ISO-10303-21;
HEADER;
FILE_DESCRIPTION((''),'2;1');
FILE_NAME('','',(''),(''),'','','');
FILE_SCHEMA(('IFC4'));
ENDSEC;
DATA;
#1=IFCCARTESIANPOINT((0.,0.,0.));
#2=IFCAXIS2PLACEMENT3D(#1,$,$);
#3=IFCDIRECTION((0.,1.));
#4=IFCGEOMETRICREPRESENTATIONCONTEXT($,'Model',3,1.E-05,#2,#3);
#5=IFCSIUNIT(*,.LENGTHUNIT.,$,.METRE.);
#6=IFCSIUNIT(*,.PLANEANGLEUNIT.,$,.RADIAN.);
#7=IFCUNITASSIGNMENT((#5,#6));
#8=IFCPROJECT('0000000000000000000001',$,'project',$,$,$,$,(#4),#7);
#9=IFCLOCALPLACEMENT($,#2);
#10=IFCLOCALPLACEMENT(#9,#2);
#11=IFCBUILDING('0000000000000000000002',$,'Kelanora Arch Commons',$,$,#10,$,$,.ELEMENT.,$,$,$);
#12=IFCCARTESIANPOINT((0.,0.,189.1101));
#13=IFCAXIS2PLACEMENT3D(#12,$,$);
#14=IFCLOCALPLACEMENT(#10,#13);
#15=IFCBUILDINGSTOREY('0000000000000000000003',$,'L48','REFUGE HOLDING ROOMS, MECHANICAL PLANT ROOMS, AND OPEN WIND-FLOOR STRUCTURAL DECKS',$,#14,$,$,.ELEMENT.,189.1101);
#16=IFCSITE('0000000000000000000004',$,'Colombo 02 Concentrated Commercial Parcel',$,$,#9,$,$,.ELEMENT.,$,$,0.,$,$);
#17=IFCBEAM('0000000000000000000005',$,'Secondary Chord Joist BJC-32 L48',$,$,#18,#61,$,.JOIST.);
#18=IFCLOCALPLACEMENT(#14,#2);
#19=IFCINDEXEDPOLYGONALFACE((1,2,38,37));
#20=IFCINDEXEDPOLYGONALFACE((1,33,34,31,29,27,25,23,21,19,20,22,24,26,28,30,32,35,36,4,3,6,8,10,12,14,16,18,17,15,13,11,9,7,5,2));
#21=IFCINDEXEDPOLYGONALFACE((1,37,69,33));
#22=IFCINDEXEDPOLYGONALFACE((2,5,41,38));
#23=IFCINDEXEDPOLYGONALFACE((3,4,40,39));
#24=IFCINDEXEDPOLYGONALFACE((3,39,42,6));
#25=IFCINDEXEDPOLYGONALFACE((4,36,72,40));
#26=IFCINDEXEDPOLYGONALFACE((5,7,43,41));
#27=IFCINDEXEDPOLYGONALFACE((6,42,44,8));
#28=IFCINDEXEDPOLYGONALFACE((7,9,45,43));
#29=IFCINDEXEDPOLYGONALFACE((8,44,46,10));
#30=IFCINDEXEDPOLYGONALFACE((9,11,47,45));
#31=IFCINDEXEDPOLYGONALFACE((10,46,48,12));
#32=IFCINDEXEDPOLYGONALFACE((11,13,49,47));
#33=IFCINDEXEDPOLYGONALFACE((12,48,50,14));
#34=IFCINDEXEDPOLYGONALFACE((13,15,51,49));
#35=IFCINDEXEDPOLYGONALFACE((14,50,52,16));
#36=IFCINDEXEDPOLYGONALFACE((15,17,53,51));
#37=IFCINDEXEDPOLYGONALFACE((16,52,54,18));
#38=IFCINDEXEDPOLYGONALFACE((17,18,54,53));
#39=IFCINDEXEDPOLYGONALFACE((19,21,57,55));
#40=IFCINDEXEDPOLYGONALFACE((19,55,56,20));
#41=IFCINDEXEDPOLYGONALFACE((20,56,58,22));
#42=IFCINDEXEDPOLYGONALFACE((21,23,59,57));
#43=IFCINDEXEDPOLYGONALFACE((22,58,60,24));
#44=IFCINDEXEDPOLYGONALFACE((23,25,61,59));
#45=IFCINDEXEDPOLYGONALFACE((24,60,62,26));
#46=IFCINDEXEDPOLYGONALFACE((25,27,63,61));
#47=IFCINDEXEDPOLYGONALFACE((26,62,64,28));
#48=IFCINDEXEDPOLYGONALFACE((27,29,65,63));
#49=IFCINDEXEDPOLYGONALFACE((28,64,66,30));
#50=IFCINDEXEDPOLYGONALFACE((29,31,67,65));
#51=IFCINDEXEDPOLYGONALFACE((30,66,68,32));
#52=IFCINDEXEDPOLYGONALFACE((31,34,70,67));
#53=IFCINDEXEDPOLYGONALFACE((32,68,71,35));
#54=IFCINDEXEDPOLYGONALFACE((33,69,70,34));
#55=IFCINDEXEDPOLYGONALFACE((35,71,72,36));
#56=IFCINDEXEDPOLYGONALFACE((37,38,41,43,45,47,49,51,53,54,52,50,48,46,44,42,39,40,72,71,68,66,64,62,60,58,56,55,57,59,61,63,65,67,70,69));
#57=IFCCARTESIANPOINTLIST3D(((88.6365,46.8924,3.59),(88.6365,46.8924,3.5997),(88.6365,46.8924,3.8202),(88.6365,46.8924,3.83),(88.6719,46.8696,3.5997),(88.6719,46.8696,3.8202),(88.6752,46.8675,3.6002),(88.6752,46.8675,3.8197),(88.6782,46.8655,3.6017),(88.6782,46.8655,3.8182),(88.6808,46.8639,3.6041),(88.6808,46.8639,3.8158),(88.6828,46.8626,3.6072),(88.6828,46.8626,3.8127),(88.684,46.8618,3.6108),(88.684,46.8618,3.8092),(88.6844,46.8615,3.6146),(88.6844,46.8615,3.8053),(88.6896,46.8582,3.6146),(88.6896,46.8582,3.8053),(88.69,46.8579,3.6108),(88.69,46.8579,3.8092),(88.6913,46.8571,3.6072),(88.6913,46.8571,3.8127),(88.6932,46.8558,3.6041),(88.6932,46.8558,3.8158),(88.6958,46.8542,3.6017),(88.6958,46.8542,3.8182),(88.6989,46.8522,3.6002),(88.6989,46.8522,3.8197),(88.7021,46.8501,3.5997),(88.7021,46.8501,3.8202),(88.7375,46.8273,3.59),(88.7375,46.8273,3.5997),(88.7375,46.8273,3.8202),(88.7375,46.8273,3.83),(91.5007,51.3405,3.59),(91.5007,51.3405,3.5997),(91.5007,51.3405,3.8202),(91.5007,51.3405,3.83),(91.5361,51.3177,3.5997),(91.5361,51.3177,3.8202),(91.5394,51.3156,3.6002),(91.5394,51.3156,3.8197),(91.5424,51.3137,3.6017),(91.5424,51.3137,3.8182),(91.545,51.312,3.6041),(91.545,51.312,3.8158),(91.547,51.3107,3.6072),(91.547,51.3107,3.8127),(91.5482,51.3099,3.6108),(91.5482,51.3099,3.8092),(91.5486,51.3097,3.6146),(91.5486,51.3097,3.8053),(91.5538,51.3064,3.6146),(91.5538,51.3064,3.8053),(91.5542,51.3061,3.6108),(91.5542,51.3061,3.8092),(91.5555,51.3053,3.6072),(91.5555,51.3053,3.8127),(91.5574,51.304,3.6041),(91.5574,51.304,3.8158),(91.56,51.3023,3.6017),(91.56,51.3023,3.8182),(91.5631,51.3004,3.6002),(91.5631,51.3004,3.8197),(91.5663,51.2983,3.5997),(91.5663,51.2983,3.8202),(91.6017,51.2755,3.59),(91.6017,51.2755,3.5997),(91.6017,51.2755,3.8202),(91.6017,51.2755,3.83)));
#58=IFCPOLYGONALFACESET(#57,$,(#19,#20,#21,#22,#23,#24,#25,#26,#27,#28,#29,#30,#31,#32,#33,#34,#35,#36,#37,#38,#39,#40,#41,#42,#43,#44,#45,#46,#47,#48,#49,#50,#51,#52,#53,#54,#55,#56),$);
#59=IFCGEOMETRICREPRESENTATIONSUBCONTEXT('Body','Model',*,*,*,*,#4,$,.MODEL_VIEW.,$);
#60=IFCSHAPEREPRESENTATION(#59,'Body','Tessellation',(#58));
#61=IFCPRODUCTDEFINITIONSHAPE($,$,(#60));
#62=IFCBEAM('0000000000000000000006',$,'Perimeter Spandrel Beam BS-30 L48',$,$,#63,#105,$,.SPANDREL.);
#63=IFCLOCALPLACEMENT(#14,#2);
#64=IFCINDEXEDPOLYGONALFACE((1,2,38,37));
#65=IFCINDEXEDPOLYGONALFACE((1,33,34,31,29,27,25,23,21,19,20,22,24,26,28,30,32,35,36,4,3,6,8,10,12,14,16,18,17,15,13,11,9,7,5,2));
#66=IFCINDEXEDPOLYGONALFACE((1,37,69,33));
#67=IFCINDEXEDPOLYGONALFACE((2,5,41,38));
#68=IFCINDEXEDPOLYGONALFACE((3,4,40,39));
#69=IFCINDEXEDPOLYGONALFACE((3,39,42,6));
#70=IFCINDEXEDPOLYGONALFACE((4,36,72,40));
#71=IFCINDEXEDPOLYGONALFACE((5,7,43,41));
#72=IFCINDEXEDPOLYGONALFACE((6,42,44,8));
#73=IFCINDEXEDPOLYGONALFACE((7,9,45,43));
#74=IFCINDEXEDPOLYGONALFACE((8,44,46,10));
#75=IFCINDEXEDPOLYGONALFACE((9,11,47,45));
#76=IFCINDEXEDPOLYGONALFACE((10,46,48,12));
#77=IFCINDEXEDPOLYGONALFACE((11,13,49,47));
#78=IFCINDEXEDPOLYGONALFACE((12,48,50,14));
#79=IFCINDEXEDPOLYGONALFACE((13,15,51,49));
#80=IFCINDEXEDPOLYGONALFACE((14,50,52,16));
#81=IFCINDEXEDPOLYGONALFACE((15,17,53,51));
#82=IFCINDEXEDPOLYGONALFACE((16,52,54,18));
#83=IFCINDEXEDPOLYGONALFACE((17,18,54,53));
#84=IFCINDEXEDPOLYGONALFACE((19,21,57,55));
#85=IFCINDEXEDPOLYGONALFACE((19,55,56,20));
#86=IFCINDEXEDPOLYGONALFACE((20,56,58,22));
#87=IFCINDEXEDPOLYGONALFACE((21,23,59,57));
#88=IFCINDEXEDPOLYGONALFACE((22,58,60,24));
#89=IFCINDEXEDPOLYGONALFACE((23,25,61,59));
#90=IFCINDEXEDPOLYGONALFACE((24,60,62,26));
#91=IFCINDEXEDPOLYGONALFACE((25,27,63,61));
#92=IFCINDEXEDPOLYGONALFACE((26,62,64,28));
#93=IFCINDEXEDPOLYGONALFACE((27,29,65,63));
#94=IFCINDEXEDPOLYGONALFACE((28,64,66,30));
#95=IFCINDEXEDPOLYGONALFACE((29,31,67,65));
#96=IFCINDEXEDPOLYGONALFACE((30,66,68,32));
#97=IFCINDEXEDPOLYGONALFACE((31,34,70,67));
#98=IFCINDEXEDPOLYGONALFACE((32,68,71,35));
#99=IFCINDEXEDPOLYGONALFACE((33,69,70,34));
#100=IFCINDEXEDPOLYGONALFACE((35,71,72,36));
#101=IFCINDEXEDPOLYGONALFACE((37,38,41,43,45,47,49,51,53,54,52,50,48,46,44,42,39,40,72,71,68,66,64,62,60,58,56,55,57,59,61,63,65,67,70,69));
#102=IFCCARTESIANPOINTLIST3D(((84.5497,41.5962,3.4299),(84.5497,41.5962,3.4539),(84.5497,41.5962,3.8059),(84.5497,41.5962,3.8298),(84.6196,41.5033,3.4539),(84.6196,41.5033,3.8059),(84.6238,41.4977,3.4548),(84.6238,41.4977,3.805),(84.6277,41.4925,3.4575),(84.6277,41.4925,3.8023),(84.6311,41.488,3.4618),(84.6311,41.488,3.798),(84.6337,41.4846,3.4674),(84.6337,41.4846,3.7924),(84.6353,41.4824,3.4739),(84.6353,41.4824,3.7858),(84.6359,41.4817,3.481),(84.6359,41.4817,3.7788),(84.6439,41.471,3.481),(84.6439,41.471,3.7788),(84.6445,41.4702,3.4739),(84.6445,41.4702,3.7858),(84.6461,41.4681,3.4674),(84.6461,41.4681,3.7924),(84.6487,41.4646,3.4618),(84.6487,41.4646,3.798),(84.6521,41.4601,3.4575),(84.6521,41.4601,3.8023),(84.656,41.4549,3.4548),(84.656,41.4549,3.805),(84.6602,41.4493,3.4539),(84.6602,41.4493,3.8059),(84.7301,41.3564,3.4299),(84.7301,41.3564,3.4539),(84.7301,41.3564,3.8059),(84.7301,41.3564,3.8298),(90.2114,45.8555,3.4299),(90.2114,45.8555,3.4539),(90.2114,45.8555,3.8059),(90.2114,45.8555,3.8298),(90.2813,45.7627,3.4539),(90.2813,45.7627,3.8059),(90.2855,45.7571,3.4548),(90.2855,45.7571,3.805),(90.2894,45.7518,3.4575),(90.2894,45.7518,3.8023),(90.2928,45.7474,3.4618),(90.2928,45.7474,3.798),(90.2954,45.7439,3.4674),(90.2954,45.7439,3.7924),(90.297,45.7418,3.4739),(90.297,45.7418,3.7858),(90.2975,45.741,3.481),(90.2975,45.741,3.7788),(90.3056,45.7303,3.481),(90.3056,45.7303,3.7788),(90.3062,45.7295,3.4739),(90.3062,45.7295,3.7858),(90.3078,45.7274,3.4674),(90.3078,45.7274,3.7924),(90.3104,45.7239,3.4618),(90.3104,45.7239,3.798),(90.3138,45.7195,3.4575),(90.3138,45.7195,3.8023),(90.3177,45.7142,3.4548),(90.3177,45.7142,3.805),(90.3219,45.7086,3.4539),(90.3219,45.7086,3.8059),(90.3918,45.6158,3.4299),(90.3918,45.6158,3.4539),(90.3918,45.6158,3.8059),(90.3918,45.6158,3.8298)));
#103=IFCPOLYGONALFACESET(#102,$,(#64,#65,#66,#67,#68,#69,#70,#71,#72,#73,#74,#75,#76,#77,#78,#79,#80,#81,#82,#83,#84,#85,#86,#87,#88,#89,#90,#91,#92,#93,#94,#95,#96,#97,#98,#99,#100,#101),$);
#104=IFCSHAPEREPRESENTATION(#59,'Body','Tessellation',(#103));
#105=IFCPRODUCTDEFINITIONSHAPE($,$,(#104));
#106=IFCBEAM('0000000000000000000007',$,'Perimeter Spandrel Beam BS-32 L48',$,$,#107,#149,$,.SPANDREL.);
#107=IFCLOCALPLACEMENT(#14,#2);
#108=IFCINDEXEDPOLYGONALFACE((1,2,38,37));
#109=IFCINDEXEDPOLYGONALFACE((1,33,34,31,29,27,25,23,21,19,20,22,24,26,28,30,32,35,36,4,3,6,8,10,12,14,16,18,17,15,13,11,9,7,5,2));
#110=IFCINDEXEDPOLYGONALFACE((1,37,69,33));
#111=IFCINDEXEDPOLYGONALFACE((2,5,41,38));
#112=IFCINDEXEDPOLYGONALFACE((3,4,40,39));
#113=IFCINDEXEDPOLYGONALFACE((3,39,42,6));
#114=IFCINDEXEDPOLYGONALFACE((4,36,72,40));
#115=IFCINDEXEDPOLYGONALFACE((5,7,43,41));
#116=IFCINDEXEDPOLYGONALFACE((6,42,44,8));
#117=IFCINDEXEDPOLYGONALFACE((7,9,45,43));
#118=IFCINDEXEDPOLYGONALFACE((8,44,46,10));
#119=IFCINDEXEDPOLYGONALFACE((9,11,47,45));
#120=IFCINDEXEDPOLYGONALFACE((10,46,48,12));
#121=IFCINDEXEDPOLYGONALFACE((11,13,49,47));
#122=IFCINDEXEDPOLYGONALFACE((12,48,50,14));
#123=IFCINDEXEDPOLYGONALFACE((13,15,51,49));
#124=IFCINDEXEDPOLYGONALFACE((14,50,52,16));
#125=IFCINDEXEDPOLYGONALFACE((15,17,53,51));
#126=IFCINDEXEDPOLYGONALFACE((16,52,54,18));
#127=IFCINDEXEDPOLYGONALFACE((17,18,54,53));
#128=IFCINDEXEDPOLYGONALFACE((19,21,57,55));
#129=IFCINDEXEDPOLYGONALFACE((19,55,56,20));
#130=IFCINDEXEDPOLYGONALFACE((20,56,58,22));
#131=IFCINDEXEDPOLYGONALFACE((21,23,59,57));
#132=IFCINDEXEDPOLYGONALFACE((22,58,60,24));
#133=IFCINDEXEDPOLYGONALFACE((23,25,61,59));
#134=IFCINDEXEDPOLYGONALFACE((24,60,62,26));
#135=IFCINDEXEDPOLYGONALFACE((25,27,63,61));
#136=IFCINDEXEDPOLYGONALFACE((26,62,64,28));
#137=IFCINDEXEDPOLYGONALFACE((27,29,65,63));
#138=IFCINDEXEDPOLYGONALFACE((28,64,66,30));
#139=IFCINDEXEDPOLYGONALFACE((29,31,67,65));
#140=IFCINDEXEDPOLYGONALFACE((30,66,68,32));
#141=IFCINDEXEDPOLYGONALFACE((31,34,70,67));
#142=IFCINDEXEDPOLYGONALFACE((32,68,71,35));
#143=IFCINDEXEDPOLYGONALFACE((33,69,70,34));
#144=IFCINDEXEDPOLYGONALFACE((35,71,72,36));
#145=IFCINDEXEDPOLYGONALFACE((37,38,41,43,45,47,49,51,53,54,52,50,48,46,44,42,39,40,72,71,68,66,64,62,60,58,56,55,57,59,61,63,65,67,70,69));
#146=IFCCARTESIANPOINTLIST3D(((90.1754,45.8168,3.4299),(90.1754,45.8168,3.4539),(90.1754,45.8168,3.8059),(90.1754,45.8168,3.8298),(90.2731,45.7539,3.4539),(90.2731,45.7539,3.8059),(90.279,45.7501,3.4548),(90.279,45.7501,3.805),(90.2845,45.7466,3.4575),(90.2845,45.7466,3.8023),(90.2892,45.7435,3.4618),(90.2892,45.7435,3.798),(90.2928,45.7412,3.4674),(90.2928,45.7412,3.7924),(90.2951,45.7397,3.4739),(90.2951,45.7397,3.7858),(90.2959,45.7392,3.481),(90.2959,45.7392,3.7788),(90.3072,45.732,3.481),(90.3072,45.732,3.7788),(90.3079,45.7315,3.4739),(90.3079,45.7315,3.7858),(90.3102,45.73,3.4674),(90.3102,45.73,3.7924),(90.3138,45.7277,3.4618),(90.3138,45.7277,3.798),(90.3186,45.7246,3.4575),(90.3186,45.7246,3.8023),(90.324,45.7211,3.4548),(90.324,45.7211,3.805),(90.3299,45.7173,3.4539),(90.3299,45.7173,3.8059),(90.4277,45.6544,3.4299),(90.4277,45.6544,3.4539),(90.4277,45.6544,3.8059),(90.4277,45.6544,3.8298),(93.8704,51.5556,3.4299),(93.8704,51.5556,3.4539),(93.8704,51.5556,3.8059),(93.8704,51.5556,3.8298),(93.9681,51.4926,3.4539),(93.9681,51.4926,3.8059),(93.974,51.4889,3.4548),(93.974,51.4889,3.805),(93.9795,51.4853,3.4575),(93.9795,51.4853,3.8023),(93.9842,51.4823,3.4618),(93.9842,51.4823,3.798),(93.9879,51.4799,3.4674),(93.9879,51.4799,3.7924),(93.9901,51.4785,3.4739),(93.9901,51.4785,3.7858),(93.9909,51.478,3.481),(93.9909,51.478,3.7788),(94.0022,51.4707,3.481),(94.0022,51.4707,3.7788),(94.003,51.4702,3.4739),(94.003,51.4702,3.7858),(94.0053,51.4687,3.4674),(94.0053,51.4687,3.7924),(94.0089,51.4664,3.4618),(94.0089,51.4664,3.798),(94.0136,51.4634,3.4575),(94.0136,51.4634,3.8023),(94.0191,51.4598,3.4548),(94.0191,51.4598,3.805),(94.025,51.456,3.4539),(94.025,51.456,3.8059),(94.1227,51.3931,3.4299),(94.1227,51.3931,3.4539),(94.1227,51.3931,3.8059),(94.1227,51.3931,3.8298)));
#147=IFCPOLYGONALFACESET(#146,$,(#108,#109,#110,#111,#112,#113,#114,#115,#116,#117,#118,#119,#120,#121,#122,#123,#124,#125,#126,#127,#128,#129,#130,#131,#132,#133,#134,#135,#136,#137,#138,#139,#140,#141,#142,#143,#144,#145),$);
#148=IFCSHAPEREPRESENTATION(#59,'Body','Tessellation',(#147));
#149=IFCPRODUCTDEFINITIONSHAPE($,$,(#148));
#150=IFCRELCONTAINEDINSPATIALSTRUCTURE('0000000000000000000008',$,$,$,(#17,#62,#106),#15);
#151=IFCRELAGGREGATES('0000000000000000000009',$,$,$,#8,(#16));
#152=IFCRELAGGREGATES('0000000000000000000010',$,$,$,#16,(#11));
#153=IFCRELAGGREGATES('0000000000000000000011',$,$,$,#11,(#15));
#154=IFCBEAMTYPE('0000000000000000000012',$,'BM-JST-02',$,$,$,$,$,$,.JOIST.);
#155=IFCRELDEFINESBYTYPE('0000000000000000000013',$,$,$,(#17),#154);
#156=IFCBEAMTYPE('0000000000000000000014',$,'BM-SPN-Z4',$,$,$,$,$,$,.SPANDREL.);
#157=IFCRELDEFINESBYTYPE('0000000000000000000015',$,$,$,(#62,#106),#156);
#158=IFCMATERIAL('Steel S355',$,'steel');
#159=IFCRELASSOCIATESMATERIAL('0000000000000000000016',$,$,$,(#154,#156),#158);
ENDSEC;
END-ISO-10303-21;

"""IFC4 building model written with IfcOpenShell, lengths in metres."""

from ifc_helpers import new_model, si_unit, direction, frame, origin, origin_2d, place, context, subcontext, project, spatial, i_section, extrude, material, material_profile, profile_set, type_object, element, save


model = new_model("IFC4")

# Units and contexts
model_context = context("Model", 3, precision=1e-05, world=origin(), true_north=direction((0.0, 1.0)))
body_context = subcontext(model_context, "Body", "Model", "MODEL_VIEW")
ifc_project = project(units=[si_unit("LENGTHUNIT", "METRE"), si_unit("PLANEANGLEUNIT", "RADIAN")], contexts=[model_context])

# Site, building, storey
site_placement = place(None, origin())
site = spatial("IfcSite", under=ifc_project, at=site_placement, Name="Colombo 02 Concentrated Commercial Parcel", CompositionType="ELEMENT", RefElevation=0.0)
building_placement = place(site_placement, origin())
building = spatial("IfcBuilding", under=site, at=building_placement, Name="Kelanora Arch Commons", CompositionType="ELEMENT")
storey_placement = place(building_placement, frame((0.0, 0.0, 189.1101)))
storey = spatial("IfcBuildingStorey", under=building, at=storey_placement, Name="L48", Description="REFUGE HOLDING ROOMS, MECHANICAL PLANT ROOMS, AND OPEN WIND-FLOOR STRUCTURAL DECKS", CompositionType="ELEMENT", Elevation=189.1101)

# Beams
ifc_material_1 = material(Name="Steel S355", Category="steel")
ifc_material_profile_1 = material_profile(ifc_material_1, i_section(OverallWidth=0.1201, OverallDepth=0.24, WebThickness=0.0061, FlangeThickness=0.0098, FilletRadius=0.0149, at=origin_2d()), Name="IPE240")
ifc_profile_set_1 = profile_set([ifc_material_profile_1], Name="Steel S355")
beam_type_1 = type_object("IfcBeamType", Name="BM-JST-02", PredefinedType="JOIST", material=ifc_profile_set_1)
beam_1_placement = place(storey_placement, frame((88.687, 46.8599, 3.71), z_axis=(0.541382, 0.840776, 0.0), x_axis=(-0.840776, 0.541382, 0.0)))
element("IfcBeam", 1, at=beam_1_placement, inside=storey, type_object=beam_type_1, Name="Secondary Chord Joist BJC-32 L48", PredefinedType="JOIST", context=body_context, shape_type="SweptSolid", body=[
    extrude(i_section(OverallWidth=0.1201, OverallDepth=0.24, WebThickness=0.0061, FlangeThickness=0.0098, FilletRadius=0.0149, at=origin_2d()), origin(), (0.0, 0.0, 1.0), 5.2905),
])
ifc_material_profile_2 = material_profile(ifc_material_1, i_section(OverallWidth=0.3, OverallDepth=0.3999, WebThickness=0.0134, FlangeThickness=0.0239, FilletRadius=0.0271, at=origin_2d()), Name="HEB400")
ifc_profile_set_2 = profile_set([ifc_material_profile_2], Name="Steel S355")
beam_type_2 = type_object("IfcBeamType", Name="BM-SPN-Z4", PredefinedType="SPANDREL", material=ifc_profile_set_2)
beam_2_placement = place(storey_placement, frame((84.6399, 41.4763, 3.6299), z_axis=(0.799114, 0.601179, 0.0), x_axis=(-0.601179, 0.799114, 0.0)))
element("IfcBeam", 2, at=beam_2_placement, inside=storey, type_object=beam_type_2, Name="Perimeter Spandrel Beam BS-30 L48", PredefinedType="SPANDREL", context=body_context, shape_type="SweptSolid", body=[
    extrude(i_section(OverallWidth=0.3, OverallDepth=0.3999, WebThickness=0.0134, FlangeThickness=0.0239, FilletRadius=0.0271, at=origin_2d()), origin(), (0.0, 0.0, 1.0), 7.085),
])
beam_3_placement = place(storey_placement, frame((90.3015, 45.7356, 3.6299), z_axis=(0.541365, 0.840788, 0.0), x_axis=(-0.840788, 0.541365, 0.0)))
element("IfcBeam", 3, at=beam_3_placement, inside=storey, type_object=beam_type_2, Name="Perimeter Spandrel Beam BS-32 L48", PredefinedType="SPANDREL", context=body_context, shape_type="SweptSolid", body=[
    extrude(i_section(OverallWidth=0.3, OverallDepth=0.3999, WebThickness=0.0134, FlangeThickness=0.0239, FilletRadius=0.0271, at=origin_2d()), origin(), (0.0, 0.0, 1.0), 6.8254),
])

save(model, "model.ifc")
